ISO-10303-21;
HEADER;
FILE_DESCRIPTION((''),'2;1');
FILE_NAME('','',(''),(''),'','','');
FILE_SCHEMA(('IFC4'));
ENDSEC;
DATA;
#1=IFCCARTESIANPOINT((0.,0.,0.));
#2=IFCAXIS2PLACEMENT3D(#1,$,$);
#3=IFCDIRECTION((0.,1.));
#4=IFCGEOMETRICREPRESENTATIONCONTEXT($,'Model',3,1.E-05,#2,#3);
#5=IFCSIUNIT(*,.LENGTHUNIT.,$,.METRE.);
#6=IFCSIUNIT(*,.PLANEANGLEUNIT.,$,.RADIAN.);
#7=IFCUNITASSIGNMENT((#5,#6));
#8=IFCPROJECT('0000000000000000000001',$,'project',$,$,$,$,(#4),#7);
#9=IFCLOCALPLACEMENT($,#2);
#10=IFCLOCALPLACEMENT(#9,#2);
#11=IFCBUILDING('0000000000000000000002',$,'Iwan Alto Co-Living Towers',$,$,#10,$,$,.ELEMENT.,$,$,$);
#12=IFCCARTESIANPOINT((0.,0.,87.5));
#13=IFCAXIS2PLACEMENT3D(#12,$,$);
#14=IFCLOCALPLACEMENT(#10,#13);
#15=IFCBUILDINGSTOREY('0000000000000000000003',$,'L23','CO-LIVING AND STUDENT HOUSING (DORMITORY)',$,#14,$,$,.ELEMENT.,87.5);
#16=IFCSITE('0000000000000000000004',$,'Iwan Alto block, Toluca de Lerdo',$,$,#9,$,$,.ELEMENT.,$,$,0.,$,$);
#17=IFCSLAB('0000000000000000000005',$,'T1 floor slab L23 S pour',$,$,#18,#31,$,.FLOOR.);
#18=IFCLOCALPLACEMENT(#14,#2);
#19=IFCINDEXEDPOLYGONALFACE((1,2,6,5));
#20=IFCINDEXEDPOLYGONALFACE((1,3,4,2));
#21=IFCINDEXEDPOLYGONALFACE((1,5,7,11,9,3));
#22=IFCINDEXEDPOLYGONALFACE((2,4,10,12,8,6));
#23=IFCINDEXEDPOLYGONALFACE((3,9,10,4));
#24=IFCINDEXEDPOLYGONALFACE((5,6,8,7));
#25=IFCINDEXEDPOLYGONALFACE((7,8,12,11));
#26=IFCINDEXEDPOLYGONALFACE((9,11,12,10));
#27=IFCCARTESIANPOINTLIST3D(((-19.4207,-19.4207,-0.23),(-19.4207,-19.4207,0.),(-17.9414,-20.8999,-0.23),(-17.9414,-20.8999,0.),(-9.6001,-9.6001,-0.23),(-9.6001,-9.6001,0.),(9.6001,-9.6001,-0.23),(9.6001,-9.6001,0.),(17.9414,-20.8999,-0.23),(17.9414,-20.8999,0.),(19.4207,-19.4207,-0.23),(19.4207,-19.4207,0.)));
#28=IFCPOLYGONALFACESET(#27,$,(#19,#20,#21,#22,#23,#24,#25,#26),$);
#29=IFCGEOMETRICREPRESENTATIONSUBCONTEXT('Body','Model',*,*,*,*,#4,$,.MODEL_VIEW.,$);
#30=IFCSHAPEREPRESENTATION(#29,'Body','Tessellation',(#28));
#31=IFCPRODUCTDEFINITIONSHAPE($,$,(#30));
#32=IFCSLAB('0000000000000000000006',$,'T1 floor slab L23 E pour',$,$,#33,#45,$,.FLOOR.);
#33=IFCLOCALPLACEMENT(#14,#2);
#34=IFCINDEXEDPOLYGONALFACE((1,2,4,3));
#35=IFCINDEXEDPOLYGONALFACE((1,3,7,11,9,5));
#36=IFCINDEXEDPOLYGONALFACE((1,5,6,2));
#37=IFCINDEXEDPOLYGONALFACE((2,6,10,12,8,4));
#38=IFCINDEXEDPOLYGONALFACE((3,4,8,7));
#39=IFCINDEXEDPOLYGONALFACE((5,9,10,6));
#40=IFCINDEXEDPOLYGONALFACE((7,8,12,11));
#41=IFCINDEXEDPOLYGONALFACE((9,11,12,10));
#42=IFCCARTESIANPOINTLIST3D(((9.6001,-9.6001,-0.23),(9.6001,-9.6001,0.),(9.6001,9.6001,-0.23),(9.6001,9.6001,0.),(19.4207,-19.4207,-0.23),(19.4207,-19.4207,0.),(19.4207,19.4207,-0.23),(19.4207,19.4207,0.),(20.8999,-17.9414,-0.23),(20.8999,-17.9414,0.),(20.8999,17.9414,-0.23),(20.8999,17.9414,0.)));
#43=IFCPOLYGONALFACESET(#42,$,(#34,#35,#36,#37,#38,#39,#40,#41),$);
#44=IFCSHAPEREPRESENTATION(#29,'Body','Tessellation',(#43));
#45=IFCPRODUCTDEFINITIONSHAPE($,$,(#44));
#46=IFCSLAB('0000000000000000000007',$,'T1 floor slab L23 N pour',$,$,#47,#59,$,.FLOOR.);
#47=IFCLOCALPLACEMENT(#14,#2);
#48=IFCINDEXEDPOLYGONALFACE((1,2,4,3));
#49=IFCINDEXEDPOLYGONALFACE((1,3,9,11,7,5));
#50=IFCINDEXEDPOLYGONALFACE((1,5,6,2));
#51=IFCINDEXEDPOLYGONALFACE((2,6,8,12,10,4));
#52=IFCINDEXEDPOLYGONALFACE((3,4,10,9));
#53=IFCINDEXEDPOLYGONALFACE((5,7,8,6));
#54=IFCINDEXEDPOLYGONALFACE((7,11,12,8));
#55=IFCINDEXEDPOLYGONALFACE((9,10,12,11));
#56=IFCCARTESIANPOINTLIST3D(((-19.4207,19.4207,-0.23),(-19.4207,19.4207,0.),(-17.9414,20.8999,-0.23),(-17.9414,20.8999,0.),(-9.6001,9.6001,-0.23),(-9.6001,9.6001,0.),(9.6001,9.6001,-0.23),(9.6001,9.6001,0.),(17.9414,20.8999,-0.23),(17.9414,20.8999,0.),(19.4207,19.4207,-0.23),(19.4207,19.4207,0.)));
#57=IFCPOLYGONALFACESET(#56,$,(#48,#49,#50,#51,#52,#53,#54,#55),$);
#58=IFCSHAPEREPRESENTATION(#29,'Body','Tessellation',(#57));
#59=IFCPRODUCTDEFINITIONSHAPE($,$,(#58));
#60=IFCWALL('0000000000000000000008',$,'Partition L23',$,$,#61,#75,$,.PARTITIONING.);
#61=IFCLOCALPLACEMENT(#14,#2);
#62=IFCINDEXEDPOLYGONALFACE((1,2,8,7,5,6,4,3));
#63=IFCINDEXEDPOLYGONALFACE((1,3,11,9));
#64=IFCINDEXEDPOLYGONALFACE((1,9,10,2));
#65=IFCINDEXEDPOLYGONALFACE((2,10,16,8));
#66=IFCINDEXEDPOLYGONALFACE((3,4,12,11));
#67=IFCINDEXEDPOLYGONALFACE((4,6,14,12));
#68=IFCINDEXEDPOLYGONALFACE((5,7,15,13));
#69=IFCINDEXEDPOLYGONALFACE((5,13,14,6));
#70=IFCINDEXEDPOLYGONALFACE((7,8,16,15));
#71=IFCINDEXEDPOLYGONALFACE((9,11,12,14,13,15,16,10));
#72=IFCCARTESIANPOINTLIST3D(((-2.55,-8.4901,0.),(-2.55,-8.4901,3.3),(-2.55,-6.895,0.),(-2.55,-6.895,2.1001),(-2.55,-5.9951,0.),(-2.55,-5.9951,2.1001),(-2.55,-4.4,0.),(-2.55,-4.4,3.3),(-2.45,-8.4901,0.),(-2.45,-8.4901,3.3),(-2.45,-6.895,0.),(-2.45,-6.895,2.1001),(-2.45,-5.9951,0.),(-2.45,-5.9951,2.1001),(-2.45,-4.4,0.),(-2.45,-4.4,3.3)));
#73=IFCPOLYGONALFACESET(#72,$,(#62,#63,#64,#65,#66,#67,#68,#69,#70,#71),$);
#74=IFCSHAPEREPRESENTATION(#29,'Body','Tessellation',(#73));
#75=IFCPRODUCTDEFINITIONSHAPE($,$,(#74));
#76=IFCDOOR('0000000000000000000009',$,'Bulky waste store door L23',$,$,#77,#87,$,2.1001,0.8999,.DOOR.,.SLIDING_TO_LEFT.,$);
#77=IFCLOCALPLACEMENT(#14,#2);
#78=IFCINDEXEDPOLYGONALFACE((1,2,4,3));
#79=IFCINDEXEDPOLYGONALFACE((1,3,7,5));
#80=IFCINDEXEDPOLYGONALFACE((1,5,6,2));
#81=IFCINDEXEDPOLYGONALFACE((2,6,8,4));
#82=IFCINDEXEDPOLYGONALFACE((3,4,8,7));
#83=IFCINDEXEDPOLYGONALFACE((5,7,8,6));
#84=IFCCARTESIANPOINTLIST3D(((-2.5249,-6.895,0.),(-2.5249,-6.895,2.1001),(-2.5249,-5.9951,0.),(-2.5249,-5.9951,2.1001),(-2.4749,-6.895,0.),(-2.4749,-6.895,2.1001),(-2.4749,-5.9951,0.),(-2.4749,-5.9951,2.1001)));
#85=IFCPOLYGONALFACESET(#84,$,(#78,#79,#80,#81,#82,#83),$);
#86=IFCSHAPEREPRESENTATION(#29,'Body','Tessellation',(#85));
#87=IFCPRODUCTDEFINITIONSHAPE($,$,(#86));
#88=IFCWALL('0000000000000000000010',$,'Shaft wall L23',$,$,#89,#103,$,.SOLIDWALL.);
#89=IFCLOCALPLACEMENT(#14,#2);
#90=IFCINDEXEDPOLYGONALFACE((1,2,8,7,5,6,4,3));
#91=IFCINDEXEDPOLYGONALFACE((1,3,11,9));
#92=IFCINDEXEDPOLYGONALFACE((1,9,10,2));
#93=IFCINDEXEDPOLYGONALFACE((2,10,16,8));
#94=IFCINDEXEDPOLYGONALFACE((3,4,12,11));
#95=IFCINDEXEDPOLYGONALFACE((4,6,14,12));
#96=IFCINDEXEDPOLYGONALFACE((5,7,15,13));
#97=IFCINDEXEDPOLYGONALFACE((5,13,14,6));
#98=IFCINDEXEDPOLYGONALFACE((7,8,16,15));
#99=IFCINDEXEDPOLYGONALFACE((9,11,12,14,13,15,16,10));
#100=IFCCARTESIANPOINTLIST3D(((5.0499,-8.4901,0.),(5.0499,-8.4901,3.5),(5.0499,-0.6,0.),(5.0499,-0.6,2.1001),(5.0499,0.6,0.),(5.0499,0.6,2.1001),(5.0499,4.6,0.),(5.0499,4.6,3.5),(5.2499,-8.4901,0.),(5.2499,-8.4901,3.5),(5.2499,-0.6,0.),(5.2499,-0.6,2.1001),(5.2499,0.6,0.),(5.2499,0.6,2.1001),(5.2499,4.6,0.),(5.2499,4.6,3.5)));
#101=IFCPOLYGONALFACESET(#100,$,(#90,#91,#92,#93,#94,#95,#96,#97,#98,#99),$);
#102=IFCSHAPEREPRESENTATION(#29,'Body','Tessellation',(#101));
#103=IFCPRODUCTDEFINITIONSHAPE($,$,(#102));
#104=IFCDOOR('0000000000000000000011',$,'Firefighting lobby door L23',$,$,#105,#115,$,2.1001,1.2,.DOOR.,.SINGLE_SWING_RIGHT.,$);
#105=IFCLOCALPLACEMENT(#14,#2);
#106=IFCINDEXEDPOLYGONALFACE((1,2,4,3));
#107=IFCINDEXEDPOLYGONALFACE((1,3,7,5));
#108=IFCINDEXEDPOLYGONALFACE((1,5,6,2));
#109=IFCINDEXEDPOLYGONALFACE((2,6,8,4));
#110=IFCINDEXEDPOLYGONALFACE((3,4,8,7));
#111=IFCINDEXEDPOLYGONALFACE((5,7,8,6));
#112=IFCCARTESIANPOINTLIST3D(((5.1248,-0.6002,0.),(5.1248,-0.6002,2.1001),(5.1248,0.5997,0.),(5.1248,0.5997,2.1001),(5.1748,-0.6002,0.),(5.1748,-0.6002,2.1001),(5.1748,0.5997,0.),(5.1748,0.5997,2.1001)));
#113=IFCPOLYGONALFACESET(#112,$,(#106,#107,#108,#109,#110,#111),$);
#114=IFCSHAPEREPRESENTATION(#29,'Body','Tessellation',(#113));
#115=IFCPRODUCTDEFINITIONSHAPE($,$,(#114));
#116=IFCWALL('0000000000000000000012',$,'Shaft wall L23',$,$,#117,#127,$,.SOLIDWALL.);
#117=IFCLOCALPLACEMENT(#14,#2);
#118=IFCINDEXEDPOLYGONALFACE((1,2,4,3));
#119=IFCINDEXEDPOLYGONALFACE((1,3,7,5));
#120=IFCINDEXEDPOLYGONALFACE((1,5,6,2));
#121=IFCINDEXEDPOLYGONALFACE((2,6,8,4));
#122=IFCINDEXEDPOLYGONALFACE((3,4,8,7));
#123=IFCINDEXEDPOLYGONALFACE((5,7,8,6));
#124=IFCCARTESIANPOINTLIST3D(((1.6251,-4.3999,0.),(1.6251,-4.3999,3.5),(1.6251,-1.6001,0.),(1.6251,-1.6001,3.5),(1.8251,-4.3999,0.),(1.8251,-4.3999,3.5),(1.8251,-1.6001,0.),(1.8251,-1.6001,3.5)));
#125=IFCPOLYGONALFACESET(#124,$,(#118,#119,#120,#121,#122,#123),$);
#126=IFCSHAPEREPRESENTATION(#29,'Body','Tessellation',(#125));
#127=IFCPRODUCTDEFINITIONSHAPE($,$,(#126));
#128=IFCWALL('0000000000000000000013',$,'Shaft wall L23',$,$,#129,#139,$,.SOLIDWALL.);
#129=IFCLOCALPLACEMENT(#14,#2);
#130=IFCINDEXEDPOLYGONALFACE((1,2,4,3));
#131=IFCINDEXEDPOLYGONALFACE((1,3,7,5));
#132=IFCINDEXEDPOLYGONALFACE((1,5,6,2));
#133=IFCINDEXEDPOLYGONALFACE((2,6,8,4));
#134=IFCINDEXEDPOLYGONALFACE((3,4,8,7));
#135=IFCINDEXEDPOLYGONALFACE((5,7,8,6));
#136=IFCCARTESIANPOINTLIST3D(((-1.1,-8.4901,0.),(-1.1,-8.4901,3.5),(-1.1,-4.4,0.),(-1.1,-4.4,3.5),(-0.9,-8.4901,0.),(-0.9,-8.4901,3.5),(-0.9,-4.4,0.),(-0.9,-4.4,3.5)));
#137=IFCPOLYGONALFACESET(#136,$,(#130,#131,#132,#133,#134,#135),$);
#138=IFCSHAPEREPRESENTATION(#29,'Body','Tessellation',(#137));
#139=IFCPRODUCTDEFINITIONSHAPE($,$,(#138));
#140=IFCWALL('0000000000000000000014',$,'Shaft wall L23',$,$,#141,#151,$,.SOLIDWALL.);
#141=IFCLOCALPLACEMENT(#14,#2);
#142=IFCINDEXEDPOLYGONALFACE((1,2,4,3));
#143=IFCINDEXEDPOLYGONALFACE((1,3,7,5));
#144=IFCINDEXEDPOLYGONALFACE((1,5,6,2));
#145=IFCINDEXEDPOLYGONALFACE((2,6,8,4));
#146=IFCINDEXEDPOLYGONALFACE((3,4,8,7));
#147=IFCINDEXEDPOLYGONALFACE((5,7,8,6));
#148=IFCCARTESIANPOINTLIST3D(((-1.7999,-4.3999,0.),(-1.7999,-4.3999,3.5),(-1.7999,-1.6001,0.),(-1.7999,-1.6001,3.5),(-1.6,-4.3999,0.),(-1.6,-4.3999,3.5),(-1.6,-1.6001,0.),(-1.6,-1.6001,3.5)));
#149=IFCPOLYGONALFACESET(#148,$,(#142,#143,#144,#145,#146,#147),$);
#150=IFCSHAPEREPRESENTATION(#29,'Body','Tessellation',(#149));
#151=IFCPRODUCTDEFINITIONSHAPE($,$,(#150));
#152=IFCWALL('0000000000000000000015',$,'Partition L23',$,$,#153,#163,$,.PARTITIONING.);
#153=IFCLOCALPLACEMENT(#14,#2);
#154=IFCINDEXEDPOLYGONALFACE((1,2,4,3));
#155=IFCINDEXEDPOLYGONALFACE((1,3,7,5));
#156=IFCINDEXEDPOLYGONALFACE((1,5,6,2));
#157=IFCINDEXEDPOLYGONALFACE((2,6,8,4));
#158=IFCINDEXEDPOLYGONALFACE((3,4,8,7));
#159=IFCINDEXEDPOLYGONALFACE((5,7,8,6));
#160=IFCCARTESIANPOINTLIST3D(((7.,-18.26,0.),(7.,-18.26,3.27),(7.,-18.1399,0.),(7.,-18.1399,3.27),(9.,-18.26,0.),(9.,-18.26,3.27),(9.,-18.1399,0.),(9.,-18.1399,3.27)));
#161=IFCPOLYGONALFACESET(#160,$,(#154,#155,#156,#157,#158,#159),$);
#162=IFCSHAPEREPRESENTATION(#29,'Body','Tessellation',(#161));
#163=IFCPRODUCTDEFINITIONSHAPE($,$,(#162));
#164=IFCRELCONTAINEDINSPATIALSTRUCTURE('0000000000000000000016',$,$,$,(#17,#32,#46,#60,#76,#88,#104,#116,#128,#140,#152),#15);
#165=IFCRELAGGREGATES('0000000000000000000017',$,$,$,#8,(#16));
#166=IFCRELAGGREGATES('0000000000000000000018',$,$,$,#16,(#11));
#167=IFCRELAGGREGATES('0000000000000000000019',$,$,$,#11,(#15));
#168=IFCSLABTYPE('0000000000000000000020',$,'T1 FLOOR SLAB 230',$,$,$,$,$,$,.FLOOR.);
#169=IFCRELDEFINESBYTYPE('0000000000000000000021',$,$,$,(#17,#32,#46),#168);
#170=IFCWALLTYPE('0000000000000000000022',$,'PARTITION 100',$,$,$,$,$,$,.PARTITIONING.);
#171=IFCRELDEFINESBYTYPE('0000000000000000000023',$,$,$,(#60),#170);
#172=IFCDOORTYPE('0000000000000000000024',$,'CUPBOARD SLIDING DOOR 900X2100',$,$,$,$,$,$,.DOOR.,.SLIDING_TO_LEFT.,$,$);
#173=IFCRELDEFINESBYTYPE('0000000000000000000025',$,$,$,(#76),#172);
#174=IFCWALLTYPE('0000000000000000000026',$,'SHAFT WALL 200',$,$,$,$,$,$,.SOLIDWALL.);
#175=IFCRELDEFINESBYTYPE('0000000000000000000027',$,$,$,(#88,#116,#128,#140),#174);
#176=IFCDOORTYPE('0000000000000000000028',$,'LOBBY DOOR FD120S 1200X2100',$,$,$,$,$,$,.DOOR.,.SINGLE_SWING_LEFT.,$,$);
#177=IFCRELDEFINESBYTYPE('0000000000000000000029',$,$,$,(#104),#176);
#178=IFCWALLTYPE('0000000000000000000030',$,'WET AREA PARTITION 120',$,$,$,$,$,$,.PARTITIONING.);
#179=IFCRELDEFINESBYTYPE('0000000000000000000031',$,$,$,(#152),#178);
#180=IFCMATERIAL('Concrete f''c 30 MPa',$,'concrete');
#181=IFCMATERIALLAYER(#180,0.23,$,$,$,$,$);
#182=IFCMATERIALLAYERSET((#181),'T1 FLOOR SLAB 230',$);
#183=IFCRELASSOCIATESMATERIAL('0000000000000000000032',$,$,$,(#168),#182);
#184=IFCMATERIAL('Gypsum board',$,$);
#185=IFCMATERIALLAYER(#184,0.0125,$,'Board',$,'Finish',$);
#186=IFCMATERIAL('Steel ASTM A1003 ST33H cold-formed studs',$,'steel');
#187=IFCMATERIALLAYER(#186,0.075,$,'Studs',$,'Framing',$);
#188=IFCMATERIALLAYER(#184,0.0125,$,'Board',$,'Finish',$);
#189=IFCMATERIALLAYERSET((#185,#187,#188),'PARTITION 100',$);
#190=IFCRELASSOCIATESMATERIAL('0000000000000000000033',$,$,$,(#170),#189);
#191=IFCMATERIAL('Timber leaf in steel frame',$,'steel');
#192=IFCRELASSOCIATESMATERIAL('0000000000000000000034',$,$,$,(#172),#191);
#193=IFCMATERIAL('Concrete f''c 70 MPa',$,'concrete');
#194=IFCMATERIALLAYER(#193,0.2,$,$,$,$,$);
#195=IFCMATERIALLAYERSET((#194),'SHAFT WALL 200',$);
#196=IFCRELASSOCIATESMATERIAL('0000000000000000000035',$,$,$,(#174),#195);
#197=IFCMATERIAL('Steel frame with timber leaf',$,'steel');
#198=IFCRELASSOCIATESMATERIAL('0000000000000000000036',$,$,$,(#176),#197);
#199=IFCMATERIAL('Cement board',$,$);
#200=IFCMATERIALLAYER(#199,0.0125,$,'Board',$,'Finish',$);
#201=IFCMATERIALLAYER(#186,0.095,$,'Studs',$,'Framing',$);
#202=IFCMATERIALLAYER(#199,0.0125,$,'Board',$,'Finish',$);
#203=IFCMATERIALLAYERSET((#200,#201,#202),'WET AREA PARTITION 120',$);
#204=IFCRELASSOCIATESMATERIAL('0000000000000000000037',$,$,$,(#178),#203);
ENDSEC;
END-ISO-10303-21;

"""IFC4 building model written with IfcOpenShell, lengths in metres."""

from ifc_helpers import new_model, si_unit, direction, frame, frame_2d, origin, place, context, subcontext, project, spatial, polyline, rectangle, outline, extrude, material, layer, layer_set, type_object, element, fill, save


model = new_model("IFC4")

# Units and contexts
model_context = context("Model", 3, precision=1e-05, world=origin(), true_north=direction((0.0, 1.0)))
body_context = subcontext(model_context, "Body", "Model", "MODEL_VIEW")
ifc_project = project(units=[si_unit("LENGTHUNIT", "METRE"), si_unit("PLANEANGLEUNIT", "RADIAN")], contexts=[model_context])

# Site, building, storey
site_placement = place(None, origin())
site = spatial("IfcSite", under=ifc_project, at=site_placement, Name="Iwan Alto block, Toluca de Lerdo", CompositionType="ELEMENT", RefElevation=0.0)
building_placement = place(site_placement, origin())
building = spatial("IfcBuilding", under=site, at=building_placement, Name="Iwan Alto Co-Living Towers", CompositionType="ELEMENT")
storey_placement = place(building_placement, frame((0.0, 0.0, 87.5)))
storey = spatial("IfcBuildingStorey", under=building, at=storey_placement, Name="L23", Description="CO-LIVING AND STUDENT HOUSING (DORMITORY)", CompositionType="ELEMENT", Elevation=87.5)

# Slabs
ifc_material_1 = material(Name="Concrete f'c 30 MPa", Category="concrete")
ifc_layer_1 = layer(ifc_material_1, 0.23)
ifc_layer_set_1 = layer_set([ifc_layer_1], Name="T1 FLOOR SLAB 230")
slab_type = type_object("IfcSlabType", Name="T1 FLOOR SLAB 230", PredefinedType="FLOOR", material=ifc_layer_set_1)
slab_1_placement = place(storey_placement, frame((0.0, 0.0, -0.23)))
element("IfcSlab", 1, at=slab_1_placement, inside=storey, type_object=slab_type, Name="T1 floor slab L23 S pour", PredefinedType="FLOOR", context=body_context, shape_type="SweptSolid", body=[
    extrude(outline(polyline([(17.9414, -20.8999), (-17.9414, -20.8999), (-19.4207, -19.4207), (-9.6001, -9.6001), (9.6001, -9.6001), (19.4207, -19.4207), (17.9414, -20.8999)])), origin(), (0.0, 0.0, 1.0), 0.23),
])
slab_2_placement = place(storey_placement, frame((0.0, 0.0, -0.23)))
element("IfcSlab", 2, at=slab_2_placement, inside=storey, type_object=slab_type, Name="T1 floor slab L23 E pour", PredefinedType="FLOOR", context=body_context, shape_type="SweptSolid", body=[
    extrude(outline(polyline([(20.8999, 17.9414), (20.8999, -17.9414), (19.4207, -19.4207), (9.6001, -9.6001), (9.6001, 9.6001), (19.4207, 19.4207), (20.8999, 17.9414)])), origin(), (0.0, 0.0, 1.0), 0.23),
])
slab_3_placement = place(storey_placement, frame((0.0, 0.0, -0.23)))
element("IfcSlab", 3, at=slab_3_placement, inside=storey, type_object=slab_type, Name="T1 floor slab L23 N pour", PredefinedType="FLOOR", context=body_context, shape_type="SweptSolid", body=[
    extrude(outline(polyline([(-17.9414, 20.8999), (17.9414, 20.8999), (19.4207, 19.4207), (9.6001, 9.6001), (-9.6001, 9.6001), (-19.4207, 19.4207), (-17.9414, 20.8999)])), origin(), (0.0, 0.0, 1.0), 0.23),
])

# Walls, openings, doors
ifc_material_2 = material(Name="Gypsum board")
ifc_layer_2 = layer(ifc_material_2, 0.0125, Name="Board", Category="Finish")
ifc_material_3 = material(Name="Steel ASTM A1003 ST33H cold-formed studs", Category="steel")
ifc_layer_3 = layer(ifc_material_3, 0.075, Name="Studs", Category="Framing")
ifc_layer_4 = layer(ifc_material_2, 0.0125, Name="Board", Category="Finish")
ifc_layer_set_2 = layer_set([ifc_layer_2, ifc_layer_3, ifc_layer_4], Name="PARTITION 100")
wall_type_1 = type_object("IfcWallType", Name="PARTITION 100", PredefinedType="PARTITIONING", material=ifc_layer_set_2)
wall_1_placement = place(storey_placement, frame((-2.5, -8.49, 0.0), z_axis=(0.0, 0.0, 1.0), x_axis=(0.0, 1.0, 0.0)))
wall_1 = element("IfcWall", 4, at=wall_1_placement, inside=storey, type_object=wall_type_1, Name="Partition L23", PredefinedType="PARTITIONING", context=body_context, shape_type="SweptSolid", body=[
    extrude(rectangle(XDim=4.0901, YDim=0.1001, at=frame_2d((2.0449, 0.0))), origin(), (0.0, 0.0, 1.0), 3.3),
])
opening_1_placement = place(wall_1_placement, frame((1.595, 0.0, 0.0)))
opening_1 = element("IfcOpeningElement", 5, at=opening_1_placement, cuts=wall_1, PredefinedType="OPENING", context=body_context, shape_type="SweptSolid", body=[
    extrude(rectangle(XDim=0.8999, YDim=2.1001, at=frame_2d((0.45, 1.05))), frame((0.0, 0.0601, 0.0), z_axis=(0.0, -1.0, 0.0), x_axis=(1.0, 0.0, 0.0)), (0.0, 0.0, 1.0), 0.1201),
])
ifc_material_4 = material(Name="Timber leaf in steel frame", Category="steel")
door_type_1 = type_object("IfcDoorType", Name="CUPBOARD SLIDING DOOR 900X2100", OperationType="SLIDING_TO_LEFT", PredefinedType="DOOR", material=ifc_material_4)
door_1_placement = place(opening_1_placement, origin())
door_1 = element("IfcDoor", 6, at=door_1_placement, inside=storey, type_object=door_type_1, Name="Bulky waste store door L23", OperationType="SLIDING_TO_LEFT", OverallHeight=2.1001, OverallWidth=0.8999, PredefinedType="DOOR", context=body_context, shape_type="SweptSolid", body=[
    extrude(rectangle(XDim=0.8999, YDim=2.1001, at=frame_2d((0.45, 1.05))), frame((0.0, 0.0249, 0.0), z_axis=(0.0, -1.0, 0.0), x_axis=(1.0, 0.0, 0.0)), (0.0, 0.0, 1.0), 0.05),
])
fill(opening_1, door_1)
ifc_material_5 = material(Name="Concrete f'c 70 MPa", Category="concrete")
ifc_layer_5 = layer(ifc_material_5, 0.2)
ifc_layer_set_3 = layer_set([ifc_layer_5], Name="SHAFT WALL 200")
wall_type_2 = type_object("IfcWallType", Name="SHAFT WALL 200", PredefinedType="SOLIDWALL", material=ifc_layer_set_3)
wall_2_placement = place(storey_placement, frame((5.1499, -8.49, 0.0), z_axis=(0.0, 0.0, 1.0), x_axis=(0.0, 1.0, 0.0)))
wall_2 = element("IfcWall", 7, at=wall_2_placement, inside=storey, type_object=wall_type_2, Name="Shaft wall L23", PredefinedType="SOLIDWALL", context=body_context, shape_type="SweptSolid", body=[
    extrude(rectangle(XDim=13.0901, YDim=0.2, at=frame_2d((6.5449, 0.0))), origin(), (0.0, 0.0, 1.0), 3.5),
])
opening_2_placement = place(wall_2_placement, frame((7.8899, 0.0, 0.0)))
opening_2 = element("IfcOpeningElement", 8, at=opening_2_placement, cuts=wall_2, PredefinedType="OPENING", context=body_context, shape_type="SweptSolid", body=[
    extrude(rectangle(XDim=1.2, YDim=2.1001, at=frame_2d((0.6001, 1.05))), frame((0.0, 0.1099, 0.0), z_axis=(0.0, -1.0, 0.0), x_axis=(1.0, 0.0, 0.0)), (0.0, 0.0, 1.0), 0.22),
])
ifc_material_6 = material(Name="Steel frame with timber leaf", Category="steel")
door_type_2 = type_object("IfcDoorType", Name="LOBBY DOOR FD120S 1200X2100", OperationType="SINGLE_SWING_LEFT", PredefinedType="DOOR", material=ifc_material_6)
door_2_placement = place(opening_2_placement, frame((1.2, 0.0, 0.0), z_axis=(0.0, 0.0, 1.0), x_axis=(-1.0, 0.0, 0.0)))
door_2 = element("IfcDoor", 9, at=door_2_placement, inside=storey, type_object=door_type_2, Name="Firefighting lobby door L23", OperationType="SINGLE_SWING_RIGHT", OverallHeight=2.1001, OverallWidth=1.2, PredefinedType="DOOR", context=body_context, shape_type="SweptSolid", body=[
    extrude(rectangle(XDim=1.2, YDim=2.1001, at=frame_2d((0.6001, 1.05))), frame((0.0, 0.0249, 0.0), z_axis=(0.0, -1.0, 0.0), x_axis=(1.0, 0.0, 0.0)), (0.0, 0.0, 1.0), 0.05),
])
fill(opening_2, door_2)

# Walls
wall_3_placement = place(storey_placement, frame((1.7251, -4.3999, 0.0), z_axis=(0.0, 0.0, 1.0), x_axis=(0.0, 1.0, 0.0)))
element("IfcWall", 10, at=wall_3_placement, inside=storey, type_object=wall_type_2, Name="Shaft wall L23", PredefinedType="SOLIDWALL", context=body_context, shape_type="SweptSolid", body=[
    extrude(rectangle(XDim=2.7998, YDim=0.2, at=frame_2d((1.3999, 0.0))), origin(), (0.0, 0.0, 1.0), 3.5),
])
wall_4_placement = place(storey_placement, frame((-1.0, -8.49, 0.0), z_axis=(0.0, 0.0, 1.0), x_axis=(0.0, 1.0, 0.0)))
element("IfcWall", 11, at=wall_4_placement, inside=storey, type_object=wall_type_2, Name="Shaft wall L23", PredefinedType="SOLIDWALL", context=body_context, shape_type="SweptSolid", body=[
    extrude(rectangle(XDim=4.0901, YDim=0.2, at=frame_2d((2.0449, 0.0))), origin(), (0.0, 0.0, 1.0), 3.5),
])
wall_5_placement = place(storey_placement, frame((-1.7, -4.3999, 0.0), z_axis=(0.0, 0.0, 1.0), x_axis=(0.0, 1.0, 0.0)))
element("IfcWall", 12, at=wall_5_placement, inside=storey, type_object=wall_type_2, Name="Shaft wall L23", PredefinedType="SOLIDWALL", context=body_context, shape_type="SweptSolid", body=[
    extrude(rectangle(XDim=2.7998, YDim=0.2, at=frame_2d((1.3999, 0.0))), origin(), (0.0, 0.0, 1.0), 3.5),
])
ifc_material_7 = material(Name="Cement board")
ifc_layer_6 = layer(ifc_material_7, 0.0125, Name="Board", Category="Finish")
ifc_layer_7 = layer(ifc_material_3, 0.095, Name="Studs", Category="Framing")
ifc_layer_8 = layer(ifc_material_7, 0.0125, Name="Board", Category="Finish")
ifc_layer_set_4 = layer_set([ifc_layer_6, ifc_layer_7, ifc_layer_8], Name="WET AREA PARTITION 120")
wall_type_3 = type_object("IfcWallType", Name="WET AREA PARTITION 120", PredefinedType="PARTITIONING", material=ifc_layer_set_4)
wall_6_placement = place(storey_placement, frame((7.0, -18.2, 0.0), z_axis=(0.0, 0.0, 1.0), x_axis=(1.0, 0.0, 0.0)))
element("IfcWall", 13, at=wall_6_placement, inside=storey, type_object=wall_type_3, Name="Partition L23", PredefinedType="PARTITIONING", context=body_context, shape_type="SweptSolid", body=[
    extrude(rectangle(XDim=2.0, YDim=0.1201, at=frame_2d((1.0, 0.0))), origin(), (0.0, 0.0, 1.0), 3.27),
])

save(model, "model.ifc")
